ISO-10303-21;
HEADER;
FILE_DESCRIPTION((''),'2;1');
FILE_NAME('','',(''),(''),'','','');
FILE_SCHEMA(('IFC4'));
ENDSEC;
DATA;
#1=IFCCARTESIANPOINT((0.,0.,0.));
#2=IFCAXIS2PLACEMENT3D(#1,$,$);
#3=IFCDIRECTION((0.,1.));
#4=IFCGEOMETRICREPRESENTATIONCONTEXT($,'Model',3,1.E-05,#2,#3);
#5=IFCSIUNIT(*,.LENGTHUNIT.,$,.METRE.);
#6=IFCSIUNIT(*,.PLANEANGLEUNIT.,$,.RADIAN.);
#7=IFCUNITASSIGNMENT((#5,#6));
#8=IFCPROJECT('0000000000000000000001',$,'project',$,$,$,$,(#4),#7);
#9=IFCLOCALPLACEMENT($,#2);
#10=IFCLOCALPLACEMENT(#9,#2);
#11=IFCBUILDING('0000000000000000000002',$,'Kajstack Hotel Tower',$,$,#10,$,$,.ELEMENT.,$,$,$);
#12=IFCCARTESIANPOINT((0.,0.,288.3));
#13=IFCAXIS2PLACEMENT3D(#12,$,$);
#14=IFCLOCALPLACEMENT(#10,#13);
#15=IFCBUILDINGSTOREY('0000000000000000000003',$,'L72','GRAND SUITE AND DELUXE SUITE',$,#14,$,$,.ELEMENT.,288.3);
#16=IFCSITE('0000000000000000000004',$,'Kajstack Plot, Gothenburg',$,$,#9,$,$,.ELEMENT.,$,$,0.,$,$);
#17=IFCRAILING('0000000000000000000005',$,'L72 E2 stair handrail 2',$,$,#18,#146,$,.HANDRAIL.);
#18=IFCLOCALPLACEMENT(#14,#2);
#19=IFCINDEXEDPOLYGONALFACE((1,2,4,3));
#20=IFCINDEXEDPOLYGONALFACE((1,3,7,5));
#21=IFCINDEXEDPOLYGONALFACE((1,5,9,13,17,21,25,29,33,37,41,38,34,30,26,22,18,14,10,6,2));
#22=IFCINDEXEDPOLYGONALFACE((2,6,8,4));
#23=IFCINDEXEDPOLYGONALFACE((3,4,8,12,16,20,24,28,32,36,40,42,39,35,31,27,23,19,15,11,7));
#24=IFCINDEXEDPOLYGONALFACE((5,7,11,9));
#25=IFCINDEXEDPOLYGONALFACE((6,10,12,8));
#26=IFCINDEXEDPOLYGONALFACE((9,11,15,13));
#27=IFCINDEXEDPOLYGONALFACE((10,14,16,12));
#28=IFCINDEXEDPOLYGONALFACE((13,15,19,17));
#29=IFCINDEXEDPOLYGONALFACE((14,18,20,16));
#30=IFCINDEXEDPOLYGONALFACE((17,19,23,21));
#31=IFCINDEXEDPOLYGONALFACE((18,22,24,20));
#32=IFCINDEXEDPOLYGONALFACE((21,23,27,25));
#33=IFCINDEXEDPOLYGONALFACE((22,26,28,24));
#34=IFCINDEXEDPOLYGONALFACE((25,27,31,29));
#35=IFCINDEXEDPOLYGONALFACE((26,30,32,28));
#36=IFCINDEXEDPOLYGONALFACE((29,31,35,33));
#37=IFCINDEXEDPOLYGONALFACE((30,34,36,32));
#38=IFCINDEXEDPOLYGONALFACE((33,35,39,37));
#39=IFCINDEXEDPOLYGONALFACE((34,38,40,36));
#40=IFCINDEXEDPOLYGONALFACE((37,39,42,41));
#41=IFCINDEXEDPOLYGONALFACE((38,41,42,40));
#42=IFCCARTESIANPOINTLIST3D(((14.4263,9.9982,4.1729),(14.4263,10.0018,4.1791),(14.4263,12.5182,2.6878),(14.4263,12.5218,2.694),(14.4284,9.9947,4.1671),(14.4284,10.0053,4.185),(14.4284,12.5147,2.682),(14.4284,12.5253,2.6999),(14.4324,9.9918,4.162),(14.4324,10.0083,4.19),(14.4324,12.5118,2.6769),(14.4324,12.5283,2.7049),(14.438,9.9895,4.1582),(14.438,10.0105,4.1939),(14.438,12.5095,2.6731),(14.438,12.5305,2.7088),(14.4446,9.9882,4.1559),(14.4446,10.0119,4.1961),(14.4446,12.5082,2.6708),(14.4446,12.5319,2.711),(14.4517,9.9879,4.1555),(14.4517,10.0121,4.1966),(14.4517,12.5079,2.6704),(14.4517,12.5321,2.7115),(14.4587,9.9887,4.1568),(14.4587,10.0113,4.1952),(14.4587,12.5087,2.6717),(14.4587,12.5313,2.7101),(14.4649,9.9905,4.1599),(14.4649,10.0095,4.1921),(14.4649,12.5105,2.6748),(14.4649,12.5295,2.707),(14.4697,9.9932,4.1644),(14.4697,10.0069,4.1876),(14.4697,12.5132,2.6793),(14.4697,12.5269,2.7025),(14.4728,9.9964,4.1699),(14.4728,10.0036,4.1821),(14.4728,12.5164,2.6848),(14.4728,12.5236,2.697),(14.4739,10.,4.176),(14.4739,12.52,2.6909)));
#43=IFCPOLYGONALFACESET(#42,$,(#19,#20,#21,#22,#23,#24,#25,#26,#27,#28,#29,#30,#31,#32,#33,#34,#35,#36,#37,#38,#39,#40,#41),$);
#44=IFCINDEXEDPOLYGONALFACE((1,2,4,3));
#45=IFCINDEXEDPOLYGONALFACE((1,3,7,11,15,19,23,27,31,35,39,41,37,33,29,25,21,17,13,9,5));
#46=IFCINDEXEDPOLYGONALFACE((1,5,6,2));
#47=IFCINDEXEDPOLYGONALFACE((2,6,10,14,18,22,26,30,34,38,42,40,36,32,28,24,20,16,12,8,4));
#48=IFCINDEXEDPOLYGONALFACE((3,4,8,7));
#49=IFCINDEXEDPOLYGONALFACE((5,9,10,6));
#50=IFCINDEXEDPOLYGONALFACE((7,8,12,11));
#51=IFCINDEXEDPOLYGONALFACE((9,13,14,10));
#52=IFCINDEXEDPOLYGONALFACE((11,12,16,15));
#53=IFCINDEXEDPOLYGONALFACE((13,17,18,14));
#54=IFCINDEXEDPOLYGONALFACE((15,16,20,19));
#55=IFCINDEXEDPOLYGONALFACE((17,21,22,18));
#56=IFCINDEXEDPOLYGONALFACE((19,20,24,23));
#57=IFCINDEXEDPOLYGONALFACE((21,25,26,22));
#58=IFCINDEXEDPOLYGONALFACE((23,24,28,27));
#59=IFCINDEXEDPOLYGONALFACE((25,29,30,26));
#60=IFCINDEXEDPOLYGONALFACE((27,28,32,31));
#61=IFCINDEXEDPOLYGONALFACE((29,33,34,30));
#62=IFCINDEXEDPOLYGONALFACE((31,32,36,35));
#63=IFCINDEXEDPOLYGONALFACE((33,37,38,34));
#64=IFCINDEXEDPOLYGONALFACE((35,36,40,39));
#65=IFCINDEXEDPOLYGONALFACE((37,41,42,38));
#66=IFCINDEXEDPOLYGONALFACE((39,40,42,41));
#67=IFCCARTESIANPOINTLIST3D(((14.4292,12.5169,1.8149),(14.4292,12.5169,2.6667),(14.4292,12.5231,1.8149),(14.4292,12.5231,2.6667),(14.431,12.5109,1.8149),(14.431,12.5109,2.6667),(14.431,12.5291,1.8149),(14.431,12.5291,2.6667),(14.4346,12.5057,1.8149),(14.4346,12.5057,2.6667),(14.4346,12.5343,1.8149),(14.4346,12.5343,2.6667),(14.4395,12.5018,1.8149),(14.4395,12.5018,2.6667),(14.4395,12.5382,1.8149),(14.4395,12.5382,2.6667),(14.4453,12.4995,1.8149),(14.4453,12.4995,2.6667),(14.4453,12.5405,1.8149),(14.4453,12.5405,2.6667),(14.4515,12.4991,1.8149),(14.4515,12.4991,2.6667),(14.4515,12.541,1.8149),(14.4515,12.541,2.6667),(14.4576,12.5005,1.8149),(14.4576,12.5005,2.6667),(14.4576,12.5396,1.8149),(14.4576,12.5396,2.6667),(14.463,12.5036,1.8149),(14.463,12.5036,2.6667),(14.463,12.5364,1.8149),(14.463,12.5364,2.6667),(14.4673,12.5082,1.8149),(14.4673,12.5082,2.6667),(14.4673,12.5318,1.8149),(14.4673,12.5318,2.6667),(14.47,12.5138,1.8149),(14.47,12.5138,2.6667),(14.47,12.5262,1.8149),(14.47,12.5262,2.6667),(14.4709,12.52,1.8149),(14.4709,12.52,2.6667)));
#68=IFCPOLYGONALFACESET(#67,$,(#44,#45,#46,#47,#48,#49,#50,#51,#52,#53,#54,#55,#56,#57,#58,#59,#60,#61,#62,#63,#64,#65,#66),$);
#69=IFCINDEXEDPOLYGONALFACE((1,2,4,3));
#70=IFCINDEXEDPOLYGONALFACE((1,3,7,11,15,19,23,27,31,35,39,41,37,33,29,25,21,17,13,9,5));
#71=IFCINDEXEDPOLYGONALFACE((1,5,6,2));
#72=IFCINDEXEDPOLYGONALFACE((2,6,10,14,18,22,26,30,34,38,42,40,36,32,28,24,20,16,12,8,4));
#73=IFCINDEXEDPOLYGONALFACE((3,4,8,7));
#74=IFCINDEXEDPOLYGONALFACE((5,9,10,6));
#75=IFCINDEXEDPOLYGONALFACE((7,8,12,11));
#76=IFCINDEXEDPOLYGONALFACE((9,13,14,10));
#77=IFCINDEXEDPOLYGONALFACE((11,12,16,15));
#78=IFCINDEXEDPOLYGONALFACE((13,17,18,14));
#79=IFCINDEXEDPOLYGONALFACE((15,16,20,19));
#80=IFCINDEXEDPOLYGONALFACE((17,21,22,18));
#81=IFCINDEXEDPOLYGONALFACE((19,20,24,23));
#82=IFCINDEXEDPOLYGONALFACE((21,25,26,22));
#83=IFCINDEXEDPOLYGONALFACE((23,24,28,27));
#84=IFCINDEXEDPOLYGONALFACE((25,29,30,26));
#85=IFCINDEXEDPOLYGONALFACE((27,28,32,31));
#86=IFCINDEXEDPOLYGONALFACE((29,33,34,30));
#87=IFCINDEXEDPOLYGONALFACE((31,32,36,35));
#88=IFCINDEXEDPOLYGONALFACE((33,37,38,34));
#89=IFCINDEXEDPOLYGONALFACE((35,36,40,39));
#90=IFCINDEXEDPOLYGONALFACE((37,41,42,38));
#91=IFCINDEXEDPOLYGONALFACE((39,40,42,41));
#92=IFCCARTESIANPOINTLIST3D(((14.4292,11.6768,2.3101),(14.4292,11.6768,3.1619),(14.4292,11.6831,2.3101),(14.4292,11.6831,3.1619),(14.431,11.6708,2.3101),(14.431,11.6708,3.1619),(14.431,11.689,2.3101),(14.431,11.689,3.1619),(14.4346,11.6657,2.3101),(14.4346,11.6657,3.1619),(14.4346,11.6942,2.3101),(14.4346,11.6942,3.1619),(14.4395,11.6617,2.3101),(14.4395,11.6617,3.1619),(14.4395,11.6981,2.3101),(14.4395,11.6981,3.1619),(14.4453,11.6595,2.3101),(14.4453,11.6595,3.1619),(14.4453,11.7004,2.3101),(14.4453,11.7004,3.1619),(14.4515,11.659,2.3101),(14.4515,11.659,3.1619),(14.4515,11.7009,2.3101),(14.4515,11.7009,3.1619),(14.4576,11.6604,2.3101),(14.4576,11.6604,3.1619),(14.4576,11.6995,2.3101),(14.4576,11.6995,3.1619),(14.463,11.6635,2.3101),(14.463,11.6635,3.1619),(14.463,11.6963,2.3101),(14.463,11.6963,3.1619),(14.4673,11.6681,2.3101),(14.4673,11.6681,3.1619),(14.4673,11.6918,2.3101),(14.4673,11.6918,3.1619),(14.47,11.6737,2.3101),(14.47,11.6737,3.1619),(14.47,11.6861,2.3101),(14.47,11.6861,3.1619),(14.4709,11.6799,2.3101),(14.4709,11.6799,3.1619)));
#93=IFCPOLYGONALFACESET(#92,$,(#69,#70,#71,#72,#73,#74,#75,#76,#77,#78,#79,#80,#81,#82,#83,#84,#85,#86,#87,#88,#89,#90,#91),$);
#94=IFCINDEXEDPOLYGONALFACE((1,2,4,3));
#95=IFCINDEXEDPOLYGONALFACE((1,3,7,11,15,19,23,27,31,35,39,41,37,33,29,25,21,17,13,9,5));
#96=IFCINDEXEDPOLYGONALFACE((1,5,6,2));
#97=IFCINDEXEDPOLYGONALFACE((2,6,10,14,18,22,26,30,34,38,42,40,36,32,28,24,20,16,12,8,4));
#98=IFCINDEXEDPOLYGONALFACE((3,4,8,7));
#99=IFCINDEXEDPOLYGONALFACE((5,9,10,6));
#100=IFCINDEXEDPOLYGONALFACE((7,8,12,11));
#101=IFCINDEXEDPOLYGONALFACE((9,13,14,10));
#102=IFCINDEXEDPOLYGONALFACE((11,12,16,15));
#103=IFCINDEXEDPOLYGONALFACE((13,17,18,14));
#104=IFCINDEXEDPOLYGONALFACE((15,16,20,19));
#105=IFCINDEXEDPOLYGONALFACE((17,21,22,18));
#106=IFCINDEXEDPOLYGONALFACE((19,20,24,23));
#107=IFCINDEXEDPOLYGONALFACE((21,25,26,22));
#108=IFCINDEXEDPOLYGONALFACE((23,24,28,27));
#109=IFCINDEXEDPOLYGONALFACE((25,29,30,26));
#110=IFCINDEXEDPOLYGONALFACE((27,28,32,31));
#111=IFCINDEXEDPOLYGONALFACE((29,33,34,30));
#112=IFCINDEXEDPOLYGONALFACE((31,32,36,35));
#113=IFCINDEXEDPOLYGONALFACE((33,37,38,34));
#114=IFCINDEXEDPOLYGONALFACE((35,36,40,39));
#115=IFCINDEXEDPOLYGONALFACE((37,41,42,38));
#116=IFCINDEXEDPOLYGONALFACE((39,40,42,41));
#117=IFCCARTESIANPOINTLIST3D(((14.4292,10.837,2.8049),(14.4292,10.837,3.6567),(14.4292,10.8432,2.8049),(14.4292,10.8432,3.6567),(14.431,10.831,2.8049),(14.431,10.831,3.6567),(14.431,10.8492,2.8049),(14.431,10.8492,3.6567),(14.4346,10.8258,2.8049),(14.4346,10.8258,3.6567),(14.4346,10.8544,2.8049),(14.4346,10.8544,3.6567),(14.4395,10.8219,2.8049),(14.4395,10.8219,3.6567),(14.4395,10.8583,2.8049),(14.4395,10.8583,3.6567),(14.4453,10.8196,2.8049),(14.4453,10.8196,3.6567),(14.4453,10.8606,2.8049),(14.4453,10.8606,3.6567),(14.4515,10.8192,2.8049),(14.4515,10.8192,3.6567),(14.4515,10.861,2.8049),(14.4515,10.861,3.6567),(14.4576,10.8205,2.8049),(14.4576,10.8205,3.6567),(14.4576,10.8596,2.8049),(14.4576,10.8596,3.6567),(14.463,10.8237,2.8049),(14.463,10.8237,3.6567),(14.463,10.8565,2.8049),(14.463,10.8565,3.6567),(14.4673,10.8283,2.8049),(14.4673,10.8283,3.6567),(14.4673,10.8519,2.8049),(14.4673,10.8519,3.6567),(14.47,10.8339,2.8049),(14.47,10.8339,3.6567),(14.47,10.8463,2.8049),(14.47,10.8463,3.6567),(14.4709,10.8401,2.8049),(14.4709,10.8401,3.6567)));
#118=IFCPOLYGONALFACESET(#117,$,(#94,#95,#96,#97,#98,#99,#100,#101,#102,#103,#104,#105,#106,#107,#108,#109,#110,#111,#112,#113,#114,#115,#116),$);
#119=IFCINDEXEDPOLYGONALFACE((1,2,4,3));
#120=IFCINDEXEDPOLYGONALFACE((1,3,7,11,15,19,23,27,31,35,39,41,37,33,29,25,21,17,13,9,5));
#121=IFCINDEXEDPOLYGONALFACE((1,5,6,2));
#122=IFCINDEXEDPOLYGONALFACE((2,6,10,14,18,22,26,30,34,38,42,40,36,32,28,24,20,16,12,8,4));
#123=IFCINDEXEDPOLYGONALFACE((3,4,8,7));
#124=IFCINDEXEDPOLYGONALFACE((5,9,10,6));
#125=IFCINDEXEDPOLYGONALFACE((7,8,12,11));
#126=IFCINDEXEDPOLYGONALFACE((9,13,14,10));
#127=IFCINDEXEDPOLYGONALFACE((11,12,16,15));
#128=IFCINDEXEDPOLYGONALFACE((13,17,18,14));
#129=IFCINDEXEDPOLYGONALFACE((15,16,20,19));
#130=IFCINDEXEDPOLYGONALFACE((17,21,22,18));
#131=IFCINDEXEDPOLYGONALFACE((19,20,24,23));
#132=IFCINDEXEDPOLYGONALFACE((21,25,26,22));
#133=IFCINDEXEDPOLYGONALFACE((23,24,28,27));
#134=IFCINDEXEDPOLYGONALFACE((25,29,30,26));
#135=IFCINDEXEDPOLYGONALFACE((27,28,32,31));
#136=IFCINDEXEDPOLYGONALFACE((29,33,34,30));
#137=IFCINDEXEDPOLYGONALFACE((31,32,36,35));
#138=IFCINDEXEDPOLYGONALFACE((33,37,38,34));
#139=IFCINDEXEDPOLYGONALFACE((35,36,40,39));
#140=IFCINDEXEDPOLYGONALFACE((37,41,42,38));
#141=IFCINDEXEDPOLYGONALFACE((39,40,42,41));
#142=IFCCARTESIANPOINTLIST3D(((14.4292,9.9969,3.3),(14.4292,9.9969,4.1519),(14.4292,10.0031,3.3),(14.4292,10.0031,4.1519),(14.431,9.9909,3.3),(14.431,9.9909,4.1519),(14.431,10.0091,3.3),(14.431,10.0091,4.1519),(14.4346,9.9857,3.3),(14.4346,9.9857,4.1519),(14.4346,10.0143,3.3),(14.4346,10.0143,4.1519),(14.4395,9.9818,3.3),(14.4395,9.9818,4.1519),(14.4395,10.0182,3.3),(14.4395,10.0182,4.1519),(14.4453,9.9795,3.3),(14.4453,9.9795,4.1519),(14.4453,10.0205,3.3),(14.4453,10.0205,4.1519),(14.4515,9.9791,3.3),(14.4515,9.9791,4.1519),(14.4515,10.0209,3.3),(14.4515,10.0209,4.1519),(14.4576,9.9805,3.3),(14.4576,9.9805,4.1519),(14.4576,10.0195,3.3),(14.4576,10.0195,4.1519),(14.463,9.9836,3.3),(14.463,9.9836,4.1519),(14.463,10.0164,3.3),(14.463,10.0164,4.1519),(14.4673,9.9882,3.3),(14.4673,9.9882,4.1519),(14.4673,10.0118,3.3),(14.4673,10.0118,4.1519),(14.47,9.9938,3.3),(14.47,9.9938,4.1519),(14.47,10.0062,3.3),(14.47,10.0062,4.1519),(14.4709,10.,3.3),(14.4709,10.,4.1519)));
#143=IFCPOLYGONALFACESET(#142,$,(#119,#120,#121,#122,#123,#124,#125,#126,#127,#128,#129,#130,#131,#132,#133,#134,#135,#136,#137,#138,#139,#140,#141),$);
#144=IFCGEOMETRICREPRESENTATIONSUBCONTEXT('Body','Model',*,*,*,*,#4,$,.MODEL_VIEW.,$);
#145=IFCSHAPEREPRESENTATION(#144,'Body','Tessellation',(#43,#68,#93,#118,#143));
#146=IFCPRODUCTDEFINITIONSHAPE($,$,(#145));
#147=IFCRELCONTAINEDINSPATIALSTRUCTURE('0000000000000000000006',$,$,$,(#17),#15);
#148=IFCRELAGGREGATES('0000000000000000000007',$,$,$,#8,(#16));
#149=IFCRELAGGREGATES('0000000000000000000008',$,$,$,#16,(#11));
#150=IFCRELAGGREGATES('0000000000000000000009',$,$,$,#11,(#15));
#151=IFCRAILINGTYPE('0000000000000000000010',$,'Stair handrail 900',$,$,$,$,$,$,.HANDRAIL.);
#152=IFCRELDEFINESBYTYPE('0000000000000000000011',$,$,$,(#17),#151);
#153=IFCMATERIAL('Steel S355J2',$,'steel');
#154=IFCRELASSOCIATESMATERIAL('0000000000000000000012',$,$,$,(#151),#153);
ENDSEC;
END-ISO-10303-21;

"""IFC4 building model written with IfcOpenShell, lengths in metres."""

from ifc_helpers import new_model, si_unit, direction, frame, origin, origin_2d, place, context, subcontext, project, spatial, circle, extrude, material, type_object, element, save


model = new_model("IFC4")

# Units and contexts
model_context = context("Model", 3, precision=1e-05, world=origin(), true_north=direction((0.0, 1.0)))
body_context = subcontext(model_context, "Body", "Model", "MODEL_VIEW")
ifc_project = project(units=[si_unit("LENGTHUNIT", "METRE"), si_unit("PLANEANGLEUNIT", "RADIAN")], contexts=[model_context])

# Site, building, storey
site_placement = place(None, origin())
site = spatial("IfcSite", under=ifc_project, at=site_placement, Name="Kajstack Plot, Gothenburg", CompositionType="ELEMENT", RefElevation=0.0)
building_placement = place(site_placement, origin())
building = spatial("IfcBuilding", under=site, at=building_placement, Name="Kajstack Hotel Tower", CompositionType="ELEMENT")
storey_placement = place(building_placement, frame((0.0, 0.0, 288.3)))
storey = spatial("IfcBuildingStorey", under=building, at=storey_placement, Name="L72", Description="GRAND SUITE AND DELUXE SUITE", CompositionType="ELEMENT", Elevation=288.3)

# Railing
ifc_material_1 = material(Name="Steel S355J2", Category="steel")
railing_type_1 = type_object("IfcRailingType", Name="Stair handrail 900", PredefinedType="HANDRAIL", material=ifc_material_1)
railing_1_placement = place(storey_placement, frame((14.45, 12.52, 1.8149)))
element("IfcRailing", 1, at=railing_1_placement, inside=storey, type_object=railing_type_1, Name="L72 E2 stair handrail 2", PredefinedType="HANDRAIL", context=body_context, shape_type="SweptSolid", body=[
    extrude(circle(Radius=0.0239, at=origin_2d()), frame((0.0, 0.0, 0.876), z_axis=(0.0, -0.861524, 0.507717), x_axis=(1.0, 0.0, 0.0)), (0.0, 0.0, 1.0), 2.925),
    extrude(circle(Radius=0.021, at=origin_2d()), origin(), (0.0, 0.0, 1.0), 0.8518),
    extrude(circle(Radius=0.021, at=origin_2d()), frame((0.0, -0.8401, 0.4951)), (0.0, 0.0, 1.0), 0.8518),
    extrude(circle(Radius=0.021, at=origin_2d()), frame((0.0, -1.6799, 0.99)), (0.0, 0.0, 1.0), 0.8518),
    extrude(circle(Radius=0.021, at=origin_2d()), frame((0.0, -2.52, 1.4851)), (0.0, 0.0, 1.0), 0.8518),
])

save(model, "model.ifc")
